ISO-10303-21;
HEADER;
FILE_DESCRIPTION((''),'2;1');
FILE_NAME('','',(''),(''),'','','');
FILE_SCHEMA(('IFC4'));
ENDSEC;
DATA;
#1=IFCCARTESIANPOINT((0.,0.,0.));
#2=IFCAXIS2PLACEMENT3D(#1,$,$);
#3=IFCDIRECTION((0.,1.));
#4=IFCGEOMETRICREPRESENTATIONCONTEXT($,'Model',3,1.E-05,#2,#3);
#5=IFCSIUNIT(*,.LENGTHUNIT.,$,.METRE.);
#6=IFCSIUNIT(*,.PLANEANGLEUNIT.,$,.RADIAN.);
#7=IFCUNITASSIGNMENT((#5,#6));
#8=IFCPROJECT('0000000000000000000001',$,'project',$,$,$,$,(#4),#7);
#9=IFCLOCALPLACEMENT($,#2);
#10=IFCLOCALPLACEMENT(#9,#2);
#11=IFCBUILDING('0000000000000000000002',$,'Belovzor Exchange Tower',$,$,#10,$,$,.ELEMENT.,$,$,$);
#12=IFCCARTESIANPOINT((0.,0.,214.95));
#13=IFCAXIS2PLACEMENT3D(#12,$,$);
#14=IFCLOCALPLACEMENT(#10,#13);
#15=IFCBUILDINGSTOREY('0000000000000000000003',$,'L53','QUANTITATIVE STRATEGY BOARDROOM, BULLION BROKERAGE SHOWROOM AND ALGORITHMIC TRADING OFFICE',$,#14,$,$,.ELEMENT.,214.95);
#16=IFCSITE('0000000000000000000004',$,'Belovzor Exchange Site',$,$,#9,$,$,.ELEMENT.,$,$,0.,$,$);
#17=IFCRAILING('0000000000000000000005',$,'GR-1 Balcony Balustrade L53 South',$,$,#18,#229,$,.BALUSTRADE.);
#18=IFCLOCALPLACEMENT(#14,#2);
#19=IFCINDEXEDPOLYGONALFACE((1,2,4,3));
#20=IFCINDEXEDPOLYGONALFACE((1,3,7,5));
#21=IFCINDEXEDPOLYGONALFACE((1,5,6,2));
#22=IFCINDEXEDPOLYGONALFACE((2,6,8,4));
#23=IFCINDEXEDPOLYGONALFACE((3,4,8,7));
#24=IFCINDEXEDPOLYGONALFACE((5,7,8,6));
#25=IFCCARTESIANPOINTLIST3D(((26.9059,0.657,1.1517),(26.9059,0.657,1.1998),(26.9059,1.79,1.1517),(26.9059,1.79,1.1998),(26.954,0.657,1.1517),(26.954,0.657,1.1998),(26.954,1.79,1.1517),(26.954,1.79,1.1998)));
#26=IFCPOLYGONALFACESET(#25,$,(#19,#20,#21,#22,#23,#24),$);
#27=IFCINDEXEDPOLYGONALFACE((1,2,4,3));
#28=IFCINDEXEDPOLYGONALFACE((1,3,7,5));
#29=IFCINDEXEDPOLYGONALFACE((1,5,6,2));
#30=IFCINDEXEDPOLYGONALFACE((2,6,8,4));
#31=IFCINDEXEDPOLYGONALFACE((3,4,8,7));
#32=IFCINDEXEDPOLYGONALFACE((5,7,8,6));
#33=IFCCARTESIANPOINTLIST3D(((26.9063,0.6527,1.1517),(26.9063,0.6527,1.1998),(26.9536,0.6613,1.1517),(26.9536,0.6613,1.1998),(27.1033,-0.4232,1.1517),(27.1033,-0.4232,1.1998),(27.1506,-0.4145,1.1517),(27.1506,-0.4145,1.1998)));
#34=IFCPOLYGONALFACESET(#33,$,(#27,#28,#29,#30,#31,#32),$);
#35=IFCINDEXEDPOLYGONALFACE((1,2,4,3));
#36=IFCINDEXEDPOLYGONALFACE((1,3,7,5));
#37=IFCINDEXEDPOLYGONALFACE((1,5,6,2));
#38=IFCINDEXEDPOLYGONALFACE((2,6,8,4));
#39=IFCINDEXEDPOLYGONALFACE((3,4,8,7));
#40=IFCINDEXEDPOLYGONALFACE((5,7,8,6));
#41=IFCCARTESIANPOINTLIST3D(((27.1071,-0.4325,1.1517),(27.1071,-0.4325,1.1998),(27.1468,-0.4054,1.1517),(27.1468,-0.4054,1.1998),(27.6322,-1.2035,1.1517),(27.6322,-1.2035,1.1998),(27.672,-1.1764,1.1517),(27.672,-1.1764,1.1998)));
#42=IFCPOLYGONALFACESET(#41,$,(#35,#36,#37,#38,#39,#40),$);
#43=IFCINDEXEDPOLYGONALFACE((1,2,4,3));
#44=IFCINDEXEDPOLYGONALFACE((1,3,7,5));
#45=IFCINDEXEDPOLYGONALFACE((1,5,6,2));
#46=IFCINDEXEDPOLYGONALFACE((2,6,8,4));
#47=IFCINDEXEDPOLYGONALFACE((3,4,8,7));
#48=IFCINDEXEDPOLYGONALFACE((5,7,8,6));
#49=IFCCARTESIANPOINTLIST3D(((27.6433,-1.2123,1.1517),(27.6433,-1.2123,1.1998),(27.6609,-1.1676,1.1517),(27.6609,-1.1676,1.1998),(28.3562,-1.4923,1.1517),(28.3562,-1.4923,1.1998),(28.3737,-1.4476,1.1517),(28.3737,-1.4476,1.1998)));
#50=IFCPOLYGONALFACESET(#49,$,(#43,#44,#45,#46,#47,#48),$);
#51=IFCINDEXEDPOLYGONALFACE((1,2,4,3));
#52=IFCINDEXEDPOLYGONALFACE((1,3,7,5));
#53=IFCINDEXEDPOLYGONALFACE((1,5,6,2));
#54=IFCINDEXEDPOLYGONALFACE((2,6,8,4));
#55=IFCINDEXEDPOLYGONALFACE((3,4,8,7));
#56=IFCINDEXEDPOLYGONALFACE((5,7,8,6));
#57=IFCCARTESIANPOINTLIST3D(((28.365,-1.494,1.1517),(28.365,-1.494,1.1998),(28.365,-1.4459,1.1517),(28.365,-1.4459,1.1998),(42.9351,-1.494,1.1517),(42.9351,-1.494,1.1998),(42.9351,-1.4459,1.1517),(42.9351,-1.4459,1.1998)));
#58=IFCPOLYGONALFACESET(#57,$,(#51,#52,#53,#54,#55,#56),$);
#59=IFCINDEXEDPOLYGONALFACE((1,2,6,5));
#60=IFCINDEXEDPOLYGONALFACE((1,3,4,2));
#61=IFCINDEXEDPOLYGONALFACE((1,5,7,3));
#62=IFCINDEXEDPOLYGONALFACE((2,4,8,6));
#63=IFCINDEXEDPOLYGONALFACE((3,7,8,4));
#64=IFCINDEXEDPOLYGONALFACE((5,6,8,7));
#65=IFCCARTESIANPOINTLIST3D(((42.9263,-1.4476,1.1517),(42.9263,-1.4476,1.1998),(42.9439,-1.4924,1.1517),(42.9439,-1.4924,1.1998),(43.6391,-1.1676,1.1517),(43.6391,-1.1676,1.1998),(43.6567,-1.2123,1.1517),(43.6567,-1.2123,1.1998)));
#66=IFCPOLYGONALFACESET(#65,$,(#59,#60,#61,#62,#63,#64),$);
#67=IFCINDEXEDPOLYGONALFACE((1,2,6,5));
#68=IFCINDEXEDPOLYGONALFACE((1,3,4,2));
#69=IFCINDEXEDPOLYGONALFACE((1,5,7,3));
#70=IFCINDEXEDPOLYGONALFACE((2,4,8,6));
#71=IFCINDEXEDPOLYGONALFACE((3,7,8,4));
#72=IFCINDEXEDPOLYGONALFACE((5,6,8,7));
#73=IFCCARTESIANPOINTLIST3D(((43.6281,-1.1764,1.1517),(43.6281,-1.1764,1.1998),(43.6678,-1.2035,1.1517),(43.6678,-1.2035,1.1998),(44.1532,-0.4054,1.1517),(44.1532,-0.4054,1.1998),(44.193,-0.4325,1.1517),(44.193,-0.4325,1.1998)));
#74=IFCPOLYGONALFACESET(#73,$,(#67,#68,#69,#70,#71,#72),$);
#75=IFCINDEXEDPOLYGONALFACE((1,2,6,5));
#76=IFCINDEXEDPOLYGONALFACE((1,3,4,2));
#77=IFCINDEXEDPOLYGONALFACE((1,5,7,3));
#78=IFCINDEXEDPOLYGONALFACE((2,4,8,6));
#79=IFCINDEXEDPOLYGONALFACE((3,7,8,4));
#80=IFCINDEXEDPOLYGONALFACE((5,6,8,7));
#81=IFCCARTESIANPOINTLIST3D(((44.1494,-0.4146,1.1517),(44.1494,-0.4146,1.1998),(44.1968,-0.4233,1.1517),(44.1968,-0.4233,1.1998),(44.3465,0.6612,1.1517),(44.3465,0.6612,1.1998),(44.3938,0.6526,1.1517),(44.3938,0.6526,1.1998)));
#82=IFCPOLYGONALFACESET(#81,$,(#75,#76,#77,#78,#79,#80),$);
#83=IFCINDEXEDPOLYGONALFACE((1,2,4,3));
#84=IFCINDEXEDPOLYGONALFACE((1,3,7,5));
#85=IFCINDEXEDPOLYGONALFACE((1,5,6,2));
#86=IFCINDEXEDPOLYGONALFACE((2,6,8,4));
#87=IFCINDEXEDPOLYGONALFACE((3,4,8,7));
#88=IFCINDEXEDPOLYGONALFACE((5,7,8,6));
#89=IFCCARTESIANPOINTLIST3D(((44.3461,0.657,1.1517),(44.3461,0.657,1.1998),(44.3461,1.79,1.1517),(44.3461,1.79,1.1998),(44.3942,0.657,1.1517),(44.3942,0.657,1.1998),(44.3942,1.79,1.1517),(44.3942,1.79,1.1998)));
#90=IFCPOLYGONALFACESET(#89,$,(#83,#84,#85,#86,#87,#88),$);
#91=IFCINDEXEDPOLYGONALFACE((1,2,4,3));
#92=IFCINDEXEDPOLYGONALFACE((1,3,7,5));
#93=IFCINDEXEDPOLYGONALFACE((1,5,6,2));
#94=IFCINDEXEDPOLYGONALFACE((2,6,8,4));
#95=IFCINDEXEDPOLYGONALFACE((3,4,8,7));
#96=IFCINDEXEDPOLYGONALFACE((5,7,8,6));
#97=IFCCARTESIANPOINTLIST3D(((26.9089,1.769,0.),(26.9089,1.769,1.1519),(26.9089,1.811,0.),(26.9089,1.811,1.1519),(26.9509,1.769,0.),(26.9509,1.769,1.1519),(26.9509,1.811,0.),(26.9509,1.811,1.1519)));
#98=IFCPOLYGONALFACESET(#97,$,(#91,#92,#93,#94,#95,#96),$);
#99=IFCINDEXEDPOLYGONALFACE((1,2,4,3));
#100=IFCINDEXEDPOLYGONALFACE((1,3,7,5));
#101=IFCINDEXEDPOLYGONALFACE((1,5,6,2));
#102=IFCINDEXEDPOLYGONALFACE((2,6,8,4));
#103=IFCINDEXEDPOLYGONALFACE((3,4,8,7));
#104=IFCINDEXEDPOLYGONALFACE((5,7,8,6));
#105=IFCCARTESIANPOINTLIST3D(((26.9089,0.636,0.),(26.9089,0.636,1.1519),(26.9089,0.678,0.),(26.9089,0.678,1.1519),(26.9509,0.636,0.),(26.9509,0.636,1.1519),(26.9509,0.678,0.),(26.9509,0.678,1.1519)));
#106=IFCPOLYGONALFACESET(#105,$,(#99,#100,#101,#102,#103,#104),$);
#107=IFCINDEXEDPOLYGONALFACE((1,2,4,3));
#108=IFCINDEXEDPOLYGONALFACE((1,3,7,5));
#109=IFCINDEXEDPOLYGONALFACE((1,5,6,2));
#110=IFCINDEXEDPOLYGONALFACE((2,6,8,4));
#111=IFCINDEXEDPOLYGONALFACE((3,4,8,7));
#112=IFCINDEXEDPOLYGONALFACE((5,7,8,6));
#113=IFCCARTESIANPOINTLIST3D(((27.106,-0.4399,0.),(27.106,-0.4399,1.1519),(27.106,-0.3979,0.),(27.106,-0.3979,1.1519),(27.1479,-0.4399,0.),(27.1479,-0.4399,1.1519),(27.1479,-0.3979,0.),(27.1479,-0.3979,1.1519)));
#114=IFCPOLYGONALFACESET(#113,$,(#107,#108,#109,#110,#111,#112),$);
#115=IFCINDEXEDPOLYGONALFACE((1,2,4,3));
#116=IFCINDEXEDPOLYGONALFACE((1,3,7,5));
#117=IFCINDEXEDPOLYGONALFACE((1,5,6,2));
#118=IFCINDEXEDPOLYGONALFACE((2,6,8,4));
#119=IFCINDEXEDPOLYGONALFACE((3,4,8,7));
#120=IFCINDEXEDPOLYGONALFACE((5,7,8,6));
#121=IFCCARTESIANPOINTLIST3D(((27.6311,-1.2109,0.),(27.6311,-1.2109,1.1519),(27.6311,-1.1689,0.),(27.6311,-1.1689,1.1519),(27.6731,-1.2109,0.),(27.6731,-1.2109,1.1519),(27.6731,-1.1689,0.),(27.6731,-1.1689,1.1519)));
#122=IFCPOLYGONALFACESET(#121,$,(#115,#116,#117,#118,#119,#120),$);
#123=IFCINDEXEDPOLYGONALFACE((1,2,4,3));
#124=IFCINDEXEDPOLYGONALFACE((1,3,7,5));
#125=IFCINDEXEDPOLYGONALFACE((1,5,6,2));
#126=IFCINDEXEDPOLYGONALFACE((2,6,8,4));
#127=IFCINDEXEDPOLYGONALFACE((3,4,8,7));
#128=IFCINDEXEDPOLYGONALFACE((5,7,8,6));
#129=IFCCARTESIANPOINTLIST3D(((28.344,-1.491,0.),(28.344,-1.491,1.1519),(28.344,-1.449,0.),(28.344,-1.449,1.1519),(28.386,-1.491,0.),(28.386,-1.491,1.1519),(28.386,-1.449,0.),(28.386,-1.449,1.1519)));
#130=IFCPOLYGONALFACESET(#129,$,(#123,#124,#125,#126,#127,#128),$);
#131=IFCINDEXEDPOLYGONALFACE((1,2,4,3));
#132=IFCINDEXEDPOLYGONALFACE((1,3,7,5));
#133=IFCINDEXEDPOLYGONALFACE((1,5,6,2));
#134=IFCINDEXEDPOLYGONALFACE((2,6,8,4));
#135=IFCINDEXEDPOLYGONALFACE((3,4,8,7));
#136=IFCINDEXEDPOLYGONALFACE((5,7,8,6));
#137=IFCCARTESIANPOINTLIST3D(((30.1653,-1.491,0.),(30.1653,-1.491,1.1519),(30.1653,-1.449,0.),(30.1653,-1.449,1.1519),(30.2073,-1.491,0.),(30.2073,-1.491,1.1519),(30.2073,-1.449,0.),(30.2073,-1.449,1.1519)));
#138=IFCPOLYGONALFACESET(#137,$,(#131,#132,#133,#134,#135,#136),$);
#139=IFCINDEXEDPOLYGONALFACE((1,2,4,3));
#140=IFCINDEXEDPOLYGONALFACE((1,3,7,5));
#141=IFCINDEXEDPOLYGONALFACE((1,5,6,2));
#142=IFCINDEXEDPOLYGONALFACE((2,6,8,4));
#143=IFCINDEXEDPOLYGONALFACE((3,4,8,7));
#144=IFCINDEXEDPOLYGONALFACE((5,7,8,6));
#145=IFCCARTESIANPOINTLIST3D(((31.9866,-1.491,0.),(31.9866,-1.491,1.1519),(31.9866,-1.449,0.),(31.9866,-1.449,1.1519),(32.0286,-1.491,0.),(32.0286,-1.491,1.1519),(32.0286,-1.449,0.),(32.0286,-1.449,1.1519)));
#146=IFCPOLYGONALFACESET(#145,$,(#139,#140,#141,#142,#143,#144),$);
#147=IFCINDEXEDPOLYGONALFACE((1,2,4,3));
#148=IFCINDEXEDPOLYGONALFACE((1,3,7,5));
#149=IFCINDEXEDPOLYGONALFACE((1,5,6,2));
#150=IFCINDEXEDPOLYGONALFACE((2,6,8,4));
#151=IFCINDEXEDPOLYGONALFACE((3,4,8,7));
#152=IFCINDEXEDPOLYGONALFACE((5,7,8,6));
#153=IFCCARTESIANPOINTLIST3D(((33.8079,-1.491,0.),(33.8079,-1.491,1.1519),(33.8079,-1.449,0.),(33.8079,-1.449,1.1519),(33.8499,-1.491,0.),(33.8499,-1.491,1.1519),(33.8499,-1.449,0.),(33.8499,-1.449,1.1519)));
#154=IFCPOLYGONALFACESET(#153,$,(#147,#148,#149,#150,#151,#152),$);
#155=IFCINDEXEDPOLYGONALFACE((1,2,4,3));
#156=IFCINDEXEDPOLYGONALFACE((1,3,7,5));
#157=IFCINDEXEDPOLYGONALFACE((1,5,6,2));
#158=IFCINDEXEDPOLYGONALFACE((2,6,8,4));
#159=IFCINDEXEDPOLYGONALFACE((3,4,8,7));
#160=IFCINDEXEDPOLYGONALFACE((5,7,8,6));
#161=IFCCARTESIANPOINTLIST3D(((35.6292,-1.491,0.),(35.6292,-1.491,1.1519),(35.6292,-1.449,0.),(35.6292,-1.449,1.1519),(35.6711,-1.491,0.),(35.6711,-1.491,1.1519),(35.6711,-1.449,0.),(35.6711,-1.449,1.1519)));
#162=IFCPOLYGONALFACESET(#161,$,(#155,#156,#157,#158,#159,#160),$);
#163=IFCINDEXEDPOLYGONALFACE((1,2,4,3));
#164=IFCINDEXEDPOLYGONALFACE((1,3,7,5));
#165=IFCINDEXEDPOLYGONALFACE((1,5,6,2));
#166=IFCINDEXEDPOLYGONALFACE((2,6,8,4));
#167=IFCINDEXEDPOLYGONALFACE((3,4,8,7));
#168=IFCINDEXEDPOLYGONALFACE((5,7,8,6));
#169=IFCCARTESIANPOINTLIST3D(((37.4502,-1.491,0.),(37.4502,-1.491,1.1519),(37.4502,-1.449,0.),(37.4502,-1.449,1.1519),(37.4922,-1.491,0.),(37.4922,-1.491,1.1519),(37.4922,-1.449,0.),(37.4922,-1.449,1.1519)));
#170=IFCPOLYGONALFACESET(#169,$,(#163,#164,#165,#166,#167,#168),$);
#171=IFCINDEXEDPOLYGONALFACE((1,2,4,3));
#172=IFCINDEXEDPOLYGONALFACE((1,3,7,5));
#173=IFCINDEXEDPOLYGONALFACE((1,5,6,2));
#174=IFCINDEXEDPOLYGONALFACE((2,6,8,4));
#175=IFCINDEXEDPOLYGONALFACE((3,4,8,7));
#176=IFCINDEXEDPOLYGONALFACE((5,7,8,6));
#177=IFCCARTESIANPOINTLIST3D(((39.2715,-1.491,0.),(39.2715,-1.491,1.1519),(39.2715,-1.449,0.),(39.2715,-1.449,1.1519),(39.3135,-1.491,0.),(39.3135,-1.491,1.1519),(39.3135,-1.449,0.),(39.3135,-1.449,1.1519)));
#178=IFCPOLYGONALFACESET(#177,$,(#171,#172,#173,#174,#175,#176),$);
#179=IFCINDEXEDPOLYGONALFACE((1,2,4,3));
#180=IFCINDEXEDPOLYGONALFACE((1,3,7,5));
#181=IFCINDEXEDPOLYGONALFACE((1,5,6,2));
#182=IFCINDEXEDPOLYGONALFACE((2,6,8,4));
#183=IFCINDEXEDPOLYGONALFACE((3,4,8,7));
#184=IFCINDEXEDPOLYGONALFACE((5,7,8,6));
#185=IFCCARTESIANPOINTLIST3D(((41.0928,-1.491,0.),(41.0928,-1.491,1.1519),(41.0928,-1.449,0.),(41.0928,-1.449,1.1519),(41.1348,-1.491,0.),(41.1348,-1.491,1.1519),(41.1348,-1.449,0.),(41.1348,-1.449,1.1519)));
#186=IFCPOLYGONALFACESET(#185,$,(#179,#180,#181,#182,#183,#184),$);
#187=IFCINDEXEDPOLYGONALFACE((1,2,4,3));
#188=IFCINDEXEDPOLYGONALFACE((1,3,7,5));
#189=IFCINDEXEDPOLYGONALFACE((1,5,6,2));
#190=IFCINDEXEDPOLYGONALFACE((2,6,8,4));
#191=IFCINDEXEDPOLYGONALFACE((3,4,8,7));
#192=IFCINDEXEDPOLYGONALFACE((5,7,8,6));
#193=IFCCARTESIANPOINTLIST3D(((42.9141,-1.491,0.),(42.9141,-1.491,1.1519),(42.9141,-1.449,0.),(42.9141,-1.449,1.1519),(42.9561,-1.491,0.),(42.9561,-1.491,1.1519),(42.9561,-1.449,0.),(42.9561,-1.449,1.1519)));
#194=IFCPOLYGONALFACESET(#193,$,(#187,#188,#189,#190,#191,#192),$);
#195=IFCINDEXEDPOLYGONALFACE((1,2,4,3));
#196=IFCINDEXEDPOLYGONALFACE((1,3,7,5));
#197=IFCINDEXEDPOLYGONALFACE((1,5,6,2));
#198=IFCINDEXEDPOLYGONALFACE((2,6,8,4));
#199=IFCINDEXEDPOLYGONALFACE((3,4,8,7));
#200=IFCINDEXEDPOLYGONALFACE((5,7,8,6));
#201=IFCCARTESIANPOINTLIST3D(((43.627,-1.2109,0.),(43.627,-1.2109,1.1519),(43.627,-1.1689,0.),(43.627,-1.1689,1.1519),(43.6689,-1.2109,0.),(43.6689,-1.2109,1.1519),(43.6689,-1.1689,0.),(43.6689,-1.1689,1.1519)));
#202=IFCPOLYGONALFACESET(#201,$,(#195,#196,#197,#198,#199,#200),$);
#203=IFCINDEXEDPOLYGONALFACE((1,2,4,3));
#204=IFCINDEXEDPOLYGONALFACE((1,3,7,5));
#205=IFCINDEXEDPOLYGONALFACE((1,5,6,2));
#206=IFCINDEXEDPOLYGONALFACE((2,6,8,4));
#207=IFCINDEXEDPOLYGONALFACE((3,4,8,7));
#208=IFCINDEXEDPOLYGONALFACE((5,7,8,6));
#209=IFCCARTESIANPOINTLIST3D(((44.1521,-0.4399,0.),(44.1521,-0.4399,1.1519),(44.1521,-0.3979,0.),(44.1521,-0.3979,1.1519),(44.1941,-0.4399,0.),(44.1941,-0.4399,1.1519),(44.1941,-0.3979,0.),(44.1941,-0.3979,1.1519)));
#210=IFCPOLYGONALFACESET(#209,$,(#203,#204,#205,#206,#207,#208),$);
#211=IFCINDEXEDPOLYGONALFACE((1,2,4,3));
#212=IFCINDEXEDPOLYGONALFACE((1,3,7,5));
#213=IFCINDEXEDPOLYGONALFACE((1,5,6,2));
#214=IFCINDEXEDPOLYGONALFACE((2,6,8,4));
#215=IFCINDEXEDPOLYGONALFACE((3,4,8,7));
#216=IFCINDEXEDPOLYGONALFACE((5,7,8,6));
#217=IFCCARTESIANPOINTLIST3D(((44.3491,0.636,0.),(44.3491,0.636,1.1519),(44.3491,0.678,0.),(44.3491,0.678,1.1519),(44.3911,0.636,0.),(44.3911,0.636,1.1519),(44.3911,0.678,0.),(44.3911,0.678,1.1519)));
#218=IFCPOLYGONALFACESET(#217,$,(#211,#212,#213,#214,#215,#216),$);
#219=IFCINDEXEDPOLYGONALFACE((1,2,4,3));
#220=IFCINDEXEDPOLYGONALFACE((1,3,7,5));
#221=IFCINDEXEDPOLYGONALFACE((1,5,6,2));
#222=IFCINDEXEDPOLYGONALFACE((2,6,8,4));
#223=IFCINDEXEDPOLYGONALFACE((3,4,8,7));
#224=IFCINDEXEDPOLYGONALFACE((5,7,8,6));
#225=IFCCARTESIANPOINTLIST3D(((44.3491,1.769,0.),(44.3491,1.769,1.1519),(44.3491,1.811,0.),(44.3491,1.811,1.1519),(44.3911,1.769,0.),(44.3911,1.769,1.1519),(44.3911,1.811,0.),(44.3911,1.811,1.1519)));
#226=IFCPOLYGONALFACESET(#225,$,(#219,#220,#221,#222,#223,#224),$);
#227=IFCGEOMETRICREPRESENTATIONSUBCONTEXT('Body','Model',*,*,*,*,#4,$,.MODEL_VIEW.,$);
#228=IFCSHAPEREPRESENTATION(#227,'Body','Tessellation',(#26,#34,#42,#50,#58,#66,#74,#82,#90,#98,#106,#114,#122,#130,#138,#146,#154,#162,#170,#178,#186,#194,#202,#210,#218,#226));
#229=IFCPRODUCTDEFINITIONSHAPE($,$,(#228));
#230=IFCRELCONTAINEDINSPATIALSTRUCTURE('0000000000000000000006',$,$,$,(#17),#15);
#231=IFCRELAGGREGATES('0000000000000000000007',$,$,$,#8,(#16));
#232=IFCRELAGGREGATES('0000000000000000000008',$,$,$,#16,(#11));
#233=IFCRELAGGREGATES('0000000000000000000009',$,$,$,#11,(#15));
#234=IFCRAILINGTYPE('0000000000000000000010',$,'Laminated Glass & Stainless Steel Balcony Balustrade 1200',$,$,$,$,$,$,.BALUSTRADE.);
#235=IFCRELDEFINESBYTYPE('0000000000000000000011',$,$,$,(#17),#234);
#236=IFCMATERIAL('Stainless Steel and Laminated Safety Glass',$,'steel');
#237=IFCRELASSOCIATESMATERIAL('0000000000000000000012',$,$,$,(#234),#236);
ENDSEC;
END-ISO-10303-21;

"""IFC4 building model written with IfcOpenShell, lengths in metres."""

from ifc_helpers import new_model, si_unit, direction, frame, origin, origin_2d, place, context, subcontext, project, spatial, rectangle, extrude, material, type_object, element, save


model = new_model("IFC4")

# Units and contexts
model_context = context("Model", 3, precision=1e-05, world=origin(), true_north=direction((0.0, 1.0)))
body_context = subcontext(model_context, "Body", "Model", "MODEL_VIEW")
ifc_project = project(units=[si_unit("LENGTHUNIT", "METRE"), si_unit("PLANEANGLEUNIT", "RADIAN")], contexts=[model_context])

# Site, building, storey
site_placement = place(None, origin())
site = spatial("IfcSite", under=ifc_project, at=site_placement, Name="Belovzor Exchange Site", CompositionType="ELEMENT", RefElevation=0.0)
building_placement = place(site_placement, origin())
building = spatial("IfcBuilding", under=site, at=building_placement, Name="Belovzor Exchange Tower", CompositionType="ELEMENT")
storey_placement = place(building_placement, frame((0.0, 0.0, 214.95)))
storey = spatial("IfcBuildingStorey", under=building, at=storey_placement, Name="L53", Description="QUANTITATIVE STRATEGY BOARDROOM, BULLION BROKERAGE SHOWROOM AND ALGORITHMIC TRADING OFFICE", CompositionType="ELEMENT", Elevation=214.95)

# Railing
ifc_material_1 = material(Name="Stainless Steel and Laminated Safety Glass", Category="steel")
railing_type = type_object("IfcRailingType", Name="Laminated Glass & Stainless Steel Balcony Balustrade 1200", PredefinedType="BALUSTRADE", material=ifc_material_1)
railing_placement = place(storey_placement, frame((26.9299, 1.79, 0.0)))
element("IfcRailing", 1, at=railing_placement, inside=storey, type_object=railing_type, Name="GR-1 Balcony Balustrade L53 South", PredefinedType="BALUSTRADE", context=body_context, shape_type="SweptSolid", body=[
    extrude(rectangle(XDim=0.0481, YDim=0.0481, at=origin_2d()), frame((0.0, 0.0, 1.1758), z_axis=(0.0, -1.0, 0.0), x_axis=(1.0, 0.0, 0.0)), (0.0, 0.0, 1.0), 1.1331),
    extrude(rectangle(XDim=0.0481, YDim=0.0481, at=origin_2d()), frame((0.0, -1.1331, 1.1758), z_axis=(0.180123, -0.983644, 0.0), x_axis=(0.983644, 0.180123, 0.0)), (0.0, 0.0, 1.0), 1.0938),
    extrude(rectangle(XDim=0.0481, YDim=0.0481, at=origin_2d()), frame((0.197, -2.209, 1.1758), z_axis=(0.562947, -0.826493, 0.0), x_axis=(0.826493, 0.562947, 0.0)), (0.0, 0.0, 1.0), 0.9329),
    extrude(rectangle(XDim=0.0481, YDim=0.0481, at=origin_2d()), frame((0.7222, -2.98, 1.1758), z_axis=(0.930767, -0.365613, 0.0), x_axis=(0.365613, 0.930767, 0.0)), (0.0, 0.0, 1.0), 0.7659),
    extrude(rectangle(XDim=0.0481, YDim=0.0481, at=origin_2d()), frame((1.4351, -3.26, 1.1758), z_axis=(1.0, 0.0, 0.0), x_axis=(0.0, 1.0, 0.0)), (0.0, 0.0, 1.0), 14.5701),
    extrude(rectangle(XDim=0.0481, YDim=0.0481, at=origin_2d()), frame((16.0051, -3.26, 1.1758), z_axis=(0.930767, 0.365613, 0.0), x_axis=(-0.365613, 0.930767, 0.0)), (0.0, 0.0, 1.0), 0.7659),
    extrude(rectangle(XDim=0.0481, YDim=0.0481, at=origin_2d()), frame((16.718, -2.98, 1.1758), z_axis=(0.562947, 0.826493, 0.0), x_axis=(-0.826493, 0.562947, 0.0)), (0.0, 0.0, 1.0), 0.9329),
    extrude(rectangle(XDim=0.0481, YDim=0.0481, at=origin_2d()), frame((17.2432, -2.209, 1.1758), z_axis=(0.180123, 0.983644, 0.0), x_axis=(-0.983644, 0.180123, 0.0)), (0.0, 0.0, 1.0), 1.0938),
    extrude(rectangle(XDim=0.0481, YDim=0.0481, at=origin_2d()), frame((17.4402, -1.1331, 1.1758), z_axis=(0.0, 1.0, 0.0), x_axis=(-1.0, 0.0, 0.0)), (0.0, 0.0, 1.0), 1.1331),
    extrude(rectangle(XDim=0.042, YDim=0.042, at=origin_2d()), origin(), (0.0, 0.0, 1.0), 1.1519),
    extrude(rectangle(XDim=0.042, YDim=0.042, at=origin_2d()), frame((0.0, -1.1331, 0.0)), (0.0, 0.0, 1.0), 1.1519),
    extrude(rectangle(XDim=0.042, YDim=0.042, at=origin_2d()), frame((0.197, -2.209, 0.0)), (0.0, 0.0, 1.0), 1.1519),
    extrude(rectangle(XDim=0.042, YDim=0.042, at=origin_2d()), frame((0.7222, -2.98, 0.0)), (0.0, 0.0, 1.0), 1.1519),
    extrude(rectangle(XDim=0.042, YDim=0.042, at=origin_2d()), frame((1.4351, -3.26, 0.0)), (0.0, 0.0, 1.0), 1.1519),
    extrude(rectangle(XDim=0.042, YDim=0.042, at=origin_2d()), frame((3.2563, -3.26, 0.0)), (0.0, 0.0, 1.0), 1.1519),
    extrude(rectangle(XDim=0.042, YDim=0.042, at=origin_2d()), frame((5.0776, -3.26, 0.0)), (0.0, 0.0, 1.0), 1.1519),
    extrude(rectangle(XDim=0.042, YDim=0.042, at=origin_2d()), frame((6.8989, -3.26, 0.0)), (0.0, 0.0, 1.0), 1.1519),
    extrude(rectangle(XDim=0.042, YDim=0.042, at=origin_2d()), frame((8.7202, -3.26, 0.0)), (0.0, 0.0, 1.0), 1.1519),
    extrude(rectangle(XDim=0.042, YDim=0.042, at=origin_2d()), frame((10.5413, -3.26, 0.0)), (0.0, 0.0, 1.0), 1.1519),
    extrude(rectangle(XDim=0.042, YDim=0.042, at=origin_2d()), frame((12.3625, -3.26, 0.0)), (0.0, 0.0, 1.0), 1.1519),
    extrude(rectangle(XDim=0.042, YDim=0.042, at=origin_2d()), frame((14.1838, -3.26, 0.0)), (0.0, 0.0, 1.0), 1.1519),
    extrude(rectangle(XDim=0.042, YDim=0.042, at=origin_2d()), frame((16.0051, -3.26, 0.0)), (0.0, 0.0, 1.0), 1.1519),
    extrude(rectangle(XDim=0.042, YDim=0.042, at=origin_2d()), frame((16.718, -2.98, 0.0)), (0.0, 0.0, 1.0), 1.1519),
    extrude(rectangle(XDim=0.042, YDim=0.042, at=origin_2d()), frame((17.2432, -2.209, 0.0)), (0.0, 0.0, 1.0), 1.1519),
    extrude(rectangle(XDim=0.042, YDim=0.042, at=origin_2d()), frame((17.4402, -1.1331, 0.0)), (0.0, 0.0, 1.0), 1.1519),
    extrude(rectangle(XDim=0.042, YDim=0.042, at=origin_2d()), frame((17.4402, 0.0, 0.0)), (0.0, 0.0, 1.0), 1.1519),
])

save(model, "model.ifc")
